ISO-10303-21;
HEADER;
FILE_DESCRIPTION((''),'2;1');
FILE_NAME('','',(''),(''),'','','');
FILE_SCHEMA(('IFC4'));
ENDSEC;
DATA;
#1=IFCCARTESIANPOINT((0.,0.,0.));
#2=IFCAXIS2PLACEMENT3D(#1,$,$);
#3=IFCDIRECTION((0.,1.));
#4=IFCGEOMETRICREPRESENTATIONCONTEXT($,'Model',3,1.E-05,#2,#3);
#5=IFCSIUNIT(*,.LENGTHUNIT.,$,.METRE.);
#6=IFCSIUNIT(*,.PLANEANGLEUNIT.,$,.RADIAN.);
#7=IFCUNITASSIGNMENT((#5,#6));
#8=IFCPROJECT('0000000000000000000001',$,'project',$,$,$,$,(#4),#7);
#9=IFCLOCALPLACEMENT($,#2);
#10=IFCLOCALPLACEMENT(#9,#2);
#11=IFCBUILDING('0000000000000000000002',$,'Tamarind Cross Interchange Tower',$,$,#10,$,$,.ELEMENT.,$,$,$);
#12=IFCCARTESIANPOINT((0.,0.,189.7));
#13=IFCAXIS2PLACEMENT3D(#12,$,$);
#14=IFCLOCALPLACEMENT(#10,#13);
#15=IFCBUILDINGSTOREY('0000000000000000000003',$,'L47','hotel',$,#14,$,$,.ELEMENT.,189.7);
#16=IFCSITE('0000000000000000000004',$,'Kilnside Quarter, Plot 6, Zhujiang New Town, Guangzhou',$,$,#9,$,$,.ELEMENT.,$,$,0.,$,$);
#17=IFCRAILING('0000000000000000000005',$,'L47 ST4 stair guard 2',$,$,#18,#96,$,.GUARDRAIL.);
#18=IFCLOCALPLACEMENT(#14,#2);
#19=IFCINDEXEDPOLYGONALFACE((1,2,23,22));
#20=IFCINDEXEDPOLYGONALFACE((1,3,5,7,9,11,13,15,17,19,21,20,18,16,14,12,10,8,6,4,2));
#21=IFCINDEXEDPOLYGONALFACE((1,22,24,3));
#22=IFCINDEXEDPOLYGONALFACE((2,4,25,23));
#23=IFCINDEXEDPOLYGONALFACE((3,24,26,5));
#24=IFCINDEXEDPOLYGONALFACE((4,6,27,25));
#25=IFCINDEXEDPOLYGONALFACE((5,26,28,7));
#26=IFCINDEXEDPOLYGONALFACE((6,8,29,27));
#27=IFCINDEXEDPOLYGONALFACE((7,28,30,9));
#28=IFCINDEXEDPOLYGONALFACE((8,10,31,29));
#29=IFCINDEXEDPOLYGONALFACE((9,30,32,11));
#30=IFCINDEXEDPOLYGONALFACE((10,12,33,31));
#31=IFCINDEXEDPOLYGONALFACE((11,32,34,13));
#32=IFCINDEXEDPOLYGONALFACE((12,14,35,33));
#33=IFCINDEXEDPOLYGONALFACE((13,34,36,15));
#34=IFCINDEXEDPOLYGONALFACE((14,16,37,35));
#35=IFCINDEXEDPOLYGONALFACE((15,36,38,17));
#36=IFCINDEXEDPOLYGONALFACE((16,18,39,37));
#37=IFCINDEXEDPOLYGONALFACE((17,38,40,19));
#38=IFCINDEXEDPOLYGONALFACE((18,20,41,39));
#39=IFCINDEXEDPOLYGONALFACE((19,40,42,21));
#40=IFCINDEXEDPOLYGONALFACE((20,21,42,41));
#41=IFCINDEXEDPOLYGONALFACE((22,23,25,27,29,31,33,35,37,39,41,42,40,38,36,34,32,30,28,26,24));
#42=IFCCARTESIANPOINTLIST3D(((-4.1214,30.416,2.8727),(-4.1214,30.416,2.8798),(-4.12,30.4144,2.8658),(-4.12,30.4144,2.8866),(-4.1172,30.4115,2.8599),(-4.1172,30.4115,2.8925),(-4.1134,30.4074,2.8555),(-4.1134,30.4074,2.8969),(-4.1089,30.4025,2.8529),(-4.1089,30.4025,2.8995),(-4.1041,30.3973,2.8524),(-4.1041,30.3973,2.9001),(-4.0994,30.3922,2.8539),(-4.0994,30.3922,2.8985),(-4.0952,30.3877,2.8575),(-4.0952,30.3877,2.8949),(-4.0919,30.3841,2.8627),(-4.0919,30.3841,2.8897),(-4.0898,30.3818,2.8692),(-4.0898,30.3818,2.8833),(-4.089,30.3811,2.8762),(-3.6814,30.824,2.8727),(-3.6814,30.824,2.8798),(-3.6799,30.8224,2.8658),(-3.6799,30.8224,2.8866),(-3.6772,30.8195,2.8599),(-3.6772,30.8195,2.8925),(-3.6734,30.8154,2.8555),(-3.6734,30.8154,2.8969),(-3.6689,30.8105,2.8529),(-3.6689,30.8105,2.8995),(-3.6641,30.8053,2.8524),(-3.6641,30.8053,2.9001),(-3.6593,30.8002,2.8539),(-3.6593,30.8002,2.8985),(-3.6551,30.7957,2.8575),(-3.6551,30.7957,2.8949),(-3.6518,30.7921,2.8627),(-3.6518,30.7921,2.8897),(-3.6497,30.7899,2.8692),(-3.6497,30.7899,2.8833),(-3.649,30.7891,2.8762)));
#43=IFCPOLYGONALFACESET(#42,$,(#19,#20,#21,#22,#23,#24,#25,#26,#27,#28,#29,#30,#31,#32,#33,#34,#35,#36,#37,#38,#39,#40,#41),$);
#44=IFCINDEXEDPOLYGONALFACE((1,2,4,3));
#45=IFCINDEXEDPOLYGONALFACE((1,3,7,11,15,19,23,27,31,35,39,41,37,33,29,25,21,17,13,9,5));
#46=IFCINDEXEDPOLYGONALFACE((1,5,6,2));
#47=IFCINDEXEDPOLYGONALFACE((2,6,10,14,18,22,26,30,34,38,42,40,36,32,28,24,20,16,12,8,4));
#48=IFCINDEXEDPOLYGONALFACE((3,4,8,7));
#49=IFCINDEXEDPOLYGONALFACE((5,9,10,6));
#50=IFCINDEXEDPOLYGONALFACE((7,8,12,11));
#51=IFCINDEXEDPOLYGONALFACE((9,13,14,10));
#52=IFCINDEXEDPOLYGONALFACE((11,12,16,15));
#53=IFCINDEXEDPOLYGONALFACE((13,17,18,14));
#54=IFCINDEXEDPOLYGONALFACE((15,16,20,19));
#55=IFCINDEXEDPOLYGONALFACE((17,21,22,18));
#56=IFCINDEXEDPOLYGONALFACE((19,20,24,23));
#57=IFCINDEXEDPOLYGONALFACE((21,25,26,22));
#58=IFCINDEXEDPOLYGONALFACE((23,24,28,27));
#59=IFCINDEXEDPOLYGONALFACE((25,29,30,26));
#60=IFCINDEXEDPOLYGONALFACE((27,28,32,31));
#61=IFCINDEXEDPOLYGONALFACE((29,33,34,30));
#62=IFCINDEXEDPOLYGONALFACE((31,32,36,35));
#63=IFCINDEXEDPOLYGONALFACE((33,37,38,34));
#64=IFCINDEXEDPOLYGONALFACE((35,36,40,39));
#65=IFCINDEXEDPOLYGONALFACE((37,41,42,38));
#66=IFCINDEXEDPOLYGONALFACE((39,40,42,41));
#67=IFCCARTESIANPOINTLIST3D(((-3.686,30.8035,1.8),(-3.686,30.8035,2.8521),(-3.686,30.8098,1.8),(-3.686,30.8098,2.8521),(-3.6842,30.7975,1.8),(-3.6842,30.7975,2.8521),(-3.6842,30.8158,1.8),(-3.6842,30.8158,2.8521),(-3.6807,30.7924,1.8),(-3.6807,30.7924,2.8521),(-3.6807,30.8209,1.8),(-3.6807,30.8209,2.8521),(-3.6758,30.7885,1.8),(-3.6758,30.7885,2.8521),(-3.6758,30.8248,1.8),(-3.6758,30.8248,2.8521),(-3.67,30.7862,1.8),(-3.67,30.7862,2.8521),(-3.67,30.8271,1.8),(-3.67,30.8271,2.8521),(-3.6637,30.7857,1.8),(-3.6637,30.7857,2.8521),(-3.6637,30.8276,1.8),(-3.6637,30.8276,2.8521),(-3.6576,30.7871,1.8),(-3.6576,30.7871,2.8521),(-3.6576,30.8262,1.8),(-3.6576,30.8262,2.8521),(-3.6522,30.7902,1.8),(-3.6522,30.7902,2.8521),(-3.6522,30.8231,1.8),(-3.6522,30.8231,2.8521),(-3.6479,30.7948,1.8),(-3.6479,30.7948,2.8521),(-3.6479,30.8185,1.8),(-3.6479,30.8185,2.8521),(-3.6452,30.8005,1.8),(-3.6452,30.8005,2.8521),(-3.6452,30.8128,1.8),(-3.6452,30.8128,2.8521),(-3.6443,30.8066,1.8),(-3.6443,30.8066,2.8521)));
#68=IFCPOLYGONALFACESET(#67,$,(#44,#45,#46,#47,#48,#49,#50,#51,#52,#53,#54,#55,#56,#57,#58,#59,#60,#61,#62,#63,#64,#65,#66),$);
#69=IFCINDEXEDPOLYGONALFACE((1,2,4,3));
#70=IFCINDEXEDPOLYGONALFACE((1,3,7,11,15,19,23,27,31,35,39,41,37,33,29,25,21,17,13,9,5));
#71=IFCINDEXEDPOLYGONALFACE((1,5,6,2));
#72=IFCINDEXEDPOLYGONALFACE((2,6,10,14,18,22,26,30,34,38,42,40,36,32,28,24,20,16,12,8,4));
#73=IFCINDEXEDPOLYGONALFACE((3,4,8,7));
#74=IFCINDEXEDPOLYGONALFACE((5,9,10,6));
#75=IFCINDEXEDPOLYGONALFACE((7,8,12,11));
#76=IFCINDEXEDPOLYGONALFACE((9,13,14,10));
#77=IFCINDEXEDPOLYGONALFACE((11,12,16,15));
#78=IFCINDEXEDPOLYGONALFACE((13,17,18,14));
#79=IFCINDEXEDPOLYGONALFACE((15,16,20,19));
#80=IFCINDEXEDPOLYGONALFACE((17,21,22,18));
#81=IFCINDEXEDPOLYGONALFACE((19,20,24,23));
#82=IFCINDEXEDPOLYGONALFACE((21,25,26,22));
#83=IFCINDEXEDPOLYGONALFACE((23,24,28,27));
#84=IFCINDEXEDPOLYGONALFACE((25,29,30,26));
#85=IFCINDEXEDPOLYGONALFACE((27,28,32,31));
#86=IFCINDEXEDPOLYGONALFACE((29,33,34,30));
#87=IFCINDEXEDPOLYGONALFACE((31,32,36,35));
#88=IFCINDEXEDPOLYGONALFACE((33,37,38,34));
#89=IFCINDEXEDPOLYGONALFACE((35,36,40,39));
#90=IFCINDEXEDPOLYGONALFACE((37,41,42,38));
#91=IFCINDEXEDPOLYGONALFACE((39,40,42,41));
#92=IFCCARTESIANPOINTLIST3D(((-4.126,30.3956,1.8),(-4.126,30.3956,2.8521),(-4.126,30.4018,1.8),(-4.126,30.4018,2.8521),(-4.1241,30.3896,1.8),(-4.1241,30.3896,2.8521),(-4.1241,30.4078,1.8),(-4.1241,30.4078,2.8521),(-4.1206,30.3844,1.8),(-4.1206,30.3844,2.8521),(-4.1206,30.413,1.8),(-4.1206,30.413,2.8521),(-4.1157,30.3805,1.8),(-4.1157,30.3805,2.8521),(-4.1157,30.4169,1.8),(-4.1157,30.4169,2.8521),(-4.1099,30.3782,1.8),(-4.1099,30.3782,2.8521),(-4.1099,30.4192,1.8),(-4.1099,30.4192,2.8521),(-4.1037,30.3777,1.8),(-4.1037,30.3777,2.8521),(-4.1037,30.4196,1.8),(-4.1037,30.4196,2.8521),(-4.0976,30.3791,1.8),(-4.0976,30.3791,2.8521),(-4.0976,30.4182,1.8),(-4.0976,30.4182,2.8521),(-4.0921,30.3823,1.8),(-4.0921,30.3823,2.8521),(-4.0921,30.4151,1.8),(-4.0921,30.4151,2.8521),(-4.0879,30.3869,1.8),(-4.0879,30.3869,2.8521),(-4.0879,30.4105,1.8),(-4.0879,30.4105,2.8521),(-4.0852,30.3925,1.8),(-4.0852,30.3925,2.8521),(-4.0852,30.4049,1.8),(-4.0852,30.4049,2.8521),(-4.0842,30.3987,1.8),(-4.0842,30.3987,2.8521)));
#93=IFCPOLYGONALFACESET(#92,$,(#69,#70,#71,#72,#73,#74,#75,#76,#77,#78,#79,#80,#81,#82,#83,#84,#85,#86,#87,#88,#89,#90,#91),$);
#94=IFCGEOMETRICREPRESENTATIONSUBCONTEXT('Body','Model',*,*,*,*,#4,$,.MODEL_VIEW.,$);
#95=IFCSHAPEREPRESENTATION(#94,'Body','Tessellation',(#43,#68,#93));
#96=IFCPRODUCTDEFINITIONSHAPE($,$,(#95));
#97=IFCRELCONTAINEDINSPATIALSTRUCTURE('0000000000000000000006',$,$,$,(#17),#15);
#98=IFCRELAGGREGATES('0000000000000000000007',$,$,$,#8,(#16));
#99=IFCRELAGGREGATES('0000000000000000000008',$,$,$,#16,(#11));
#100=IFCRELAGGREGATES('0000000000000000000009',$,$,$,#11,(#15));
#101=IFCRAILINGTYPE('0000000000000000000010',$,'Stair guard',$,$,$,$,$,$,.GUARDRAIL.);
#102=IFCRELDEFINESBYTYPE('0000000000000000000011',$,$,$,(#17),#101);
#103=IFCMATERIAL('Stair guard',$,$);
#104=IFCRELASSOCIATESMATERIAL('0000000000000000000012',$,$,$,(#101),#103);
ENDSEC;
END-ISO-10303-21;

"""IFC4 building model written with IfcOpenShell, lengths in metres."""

from ifc_helpers import new_model, si_unit, direction, frame, origin, origin_2d, place, context, subcontext, project, spatial, circle, extrude, material, type_object, element, save


model = new_model("IFC4")

# Units and contexts
model_context = context("Model", 3, precision=1e-05, world=origin(), true_north=direction((0.0, 1.0)))
body_context = subcontext(model_context, "Body", "Model", "MODEL_VIEW")
ifc_project = project(units=[si_unit("LENGTHUNIT", "METRE"), si_unit("PLANEANGLEUNIT", "RADIAN")], contexts=[model_context])

# Site, building, storey
site_placement = place(None, origin())
site = spatial("IfcSite", under=ifc_project, at=site_placement, Name="Kilnside Quarter, Plot 6, Zhujiang New Town, Guangzhou", CompositionType="ELEMENT", RefElevation=0.0)
building_placement = place(site_placement, origin())
building = spatial("IfcBuilding", under=site, at=building_placement, Name="Tamarind Cross Interchange Tower", CompositionType="ELEMENT")
storey_placement = place(building_placement, frame((0.0, 0.0, 189.7)))
storey = spatial("IfcBuildingStorey", under=building, at=storey_placement, Name="L47", Description="hotel", CompositionType="ELEMENT", Elevation=189.7)

# Railing
ifc_material_1 = material(Name="Stair guard")
railing_type_1 = type_object("IfcRailingType", Name="Stair guard", PredefinedType="GUARDRAIL", material=ifc_material_1)
railing_1_placement = place(storey_placement, frame((-3.6653, 30.8066, 1.8)))
element("IfcRailing", 1, at=railing_1_placement, inside=storey, type_object=railing_type_1, Name="L47 ST4 stair guard 2", PredefinedType="GUARDRAIL", context=body_context, shape_type="SweptSolid", body=[
    extrude(circle(Radius=0.0239, at=origin_2d()), frame((0.0, 0.0, 1.0762), z_axis=(-0.733257, -0.679951, 0.0), x_axis=(0.679951, -0.733257, 0.0)), (0.0, 0.0, 1.0), 0.6001),
    extrude(circle(Radius=0.021, at=origin_2d()), origin(), (0.0, 0.0, 1.0), 1.052),
    extrude(circle(Radius=0.021, at=origin_2d()), frame((-0.4399, -0.408, 0.0)), (0.0, 0.0, 1.0), 1.052),
])

save(model, "model.ifc")
